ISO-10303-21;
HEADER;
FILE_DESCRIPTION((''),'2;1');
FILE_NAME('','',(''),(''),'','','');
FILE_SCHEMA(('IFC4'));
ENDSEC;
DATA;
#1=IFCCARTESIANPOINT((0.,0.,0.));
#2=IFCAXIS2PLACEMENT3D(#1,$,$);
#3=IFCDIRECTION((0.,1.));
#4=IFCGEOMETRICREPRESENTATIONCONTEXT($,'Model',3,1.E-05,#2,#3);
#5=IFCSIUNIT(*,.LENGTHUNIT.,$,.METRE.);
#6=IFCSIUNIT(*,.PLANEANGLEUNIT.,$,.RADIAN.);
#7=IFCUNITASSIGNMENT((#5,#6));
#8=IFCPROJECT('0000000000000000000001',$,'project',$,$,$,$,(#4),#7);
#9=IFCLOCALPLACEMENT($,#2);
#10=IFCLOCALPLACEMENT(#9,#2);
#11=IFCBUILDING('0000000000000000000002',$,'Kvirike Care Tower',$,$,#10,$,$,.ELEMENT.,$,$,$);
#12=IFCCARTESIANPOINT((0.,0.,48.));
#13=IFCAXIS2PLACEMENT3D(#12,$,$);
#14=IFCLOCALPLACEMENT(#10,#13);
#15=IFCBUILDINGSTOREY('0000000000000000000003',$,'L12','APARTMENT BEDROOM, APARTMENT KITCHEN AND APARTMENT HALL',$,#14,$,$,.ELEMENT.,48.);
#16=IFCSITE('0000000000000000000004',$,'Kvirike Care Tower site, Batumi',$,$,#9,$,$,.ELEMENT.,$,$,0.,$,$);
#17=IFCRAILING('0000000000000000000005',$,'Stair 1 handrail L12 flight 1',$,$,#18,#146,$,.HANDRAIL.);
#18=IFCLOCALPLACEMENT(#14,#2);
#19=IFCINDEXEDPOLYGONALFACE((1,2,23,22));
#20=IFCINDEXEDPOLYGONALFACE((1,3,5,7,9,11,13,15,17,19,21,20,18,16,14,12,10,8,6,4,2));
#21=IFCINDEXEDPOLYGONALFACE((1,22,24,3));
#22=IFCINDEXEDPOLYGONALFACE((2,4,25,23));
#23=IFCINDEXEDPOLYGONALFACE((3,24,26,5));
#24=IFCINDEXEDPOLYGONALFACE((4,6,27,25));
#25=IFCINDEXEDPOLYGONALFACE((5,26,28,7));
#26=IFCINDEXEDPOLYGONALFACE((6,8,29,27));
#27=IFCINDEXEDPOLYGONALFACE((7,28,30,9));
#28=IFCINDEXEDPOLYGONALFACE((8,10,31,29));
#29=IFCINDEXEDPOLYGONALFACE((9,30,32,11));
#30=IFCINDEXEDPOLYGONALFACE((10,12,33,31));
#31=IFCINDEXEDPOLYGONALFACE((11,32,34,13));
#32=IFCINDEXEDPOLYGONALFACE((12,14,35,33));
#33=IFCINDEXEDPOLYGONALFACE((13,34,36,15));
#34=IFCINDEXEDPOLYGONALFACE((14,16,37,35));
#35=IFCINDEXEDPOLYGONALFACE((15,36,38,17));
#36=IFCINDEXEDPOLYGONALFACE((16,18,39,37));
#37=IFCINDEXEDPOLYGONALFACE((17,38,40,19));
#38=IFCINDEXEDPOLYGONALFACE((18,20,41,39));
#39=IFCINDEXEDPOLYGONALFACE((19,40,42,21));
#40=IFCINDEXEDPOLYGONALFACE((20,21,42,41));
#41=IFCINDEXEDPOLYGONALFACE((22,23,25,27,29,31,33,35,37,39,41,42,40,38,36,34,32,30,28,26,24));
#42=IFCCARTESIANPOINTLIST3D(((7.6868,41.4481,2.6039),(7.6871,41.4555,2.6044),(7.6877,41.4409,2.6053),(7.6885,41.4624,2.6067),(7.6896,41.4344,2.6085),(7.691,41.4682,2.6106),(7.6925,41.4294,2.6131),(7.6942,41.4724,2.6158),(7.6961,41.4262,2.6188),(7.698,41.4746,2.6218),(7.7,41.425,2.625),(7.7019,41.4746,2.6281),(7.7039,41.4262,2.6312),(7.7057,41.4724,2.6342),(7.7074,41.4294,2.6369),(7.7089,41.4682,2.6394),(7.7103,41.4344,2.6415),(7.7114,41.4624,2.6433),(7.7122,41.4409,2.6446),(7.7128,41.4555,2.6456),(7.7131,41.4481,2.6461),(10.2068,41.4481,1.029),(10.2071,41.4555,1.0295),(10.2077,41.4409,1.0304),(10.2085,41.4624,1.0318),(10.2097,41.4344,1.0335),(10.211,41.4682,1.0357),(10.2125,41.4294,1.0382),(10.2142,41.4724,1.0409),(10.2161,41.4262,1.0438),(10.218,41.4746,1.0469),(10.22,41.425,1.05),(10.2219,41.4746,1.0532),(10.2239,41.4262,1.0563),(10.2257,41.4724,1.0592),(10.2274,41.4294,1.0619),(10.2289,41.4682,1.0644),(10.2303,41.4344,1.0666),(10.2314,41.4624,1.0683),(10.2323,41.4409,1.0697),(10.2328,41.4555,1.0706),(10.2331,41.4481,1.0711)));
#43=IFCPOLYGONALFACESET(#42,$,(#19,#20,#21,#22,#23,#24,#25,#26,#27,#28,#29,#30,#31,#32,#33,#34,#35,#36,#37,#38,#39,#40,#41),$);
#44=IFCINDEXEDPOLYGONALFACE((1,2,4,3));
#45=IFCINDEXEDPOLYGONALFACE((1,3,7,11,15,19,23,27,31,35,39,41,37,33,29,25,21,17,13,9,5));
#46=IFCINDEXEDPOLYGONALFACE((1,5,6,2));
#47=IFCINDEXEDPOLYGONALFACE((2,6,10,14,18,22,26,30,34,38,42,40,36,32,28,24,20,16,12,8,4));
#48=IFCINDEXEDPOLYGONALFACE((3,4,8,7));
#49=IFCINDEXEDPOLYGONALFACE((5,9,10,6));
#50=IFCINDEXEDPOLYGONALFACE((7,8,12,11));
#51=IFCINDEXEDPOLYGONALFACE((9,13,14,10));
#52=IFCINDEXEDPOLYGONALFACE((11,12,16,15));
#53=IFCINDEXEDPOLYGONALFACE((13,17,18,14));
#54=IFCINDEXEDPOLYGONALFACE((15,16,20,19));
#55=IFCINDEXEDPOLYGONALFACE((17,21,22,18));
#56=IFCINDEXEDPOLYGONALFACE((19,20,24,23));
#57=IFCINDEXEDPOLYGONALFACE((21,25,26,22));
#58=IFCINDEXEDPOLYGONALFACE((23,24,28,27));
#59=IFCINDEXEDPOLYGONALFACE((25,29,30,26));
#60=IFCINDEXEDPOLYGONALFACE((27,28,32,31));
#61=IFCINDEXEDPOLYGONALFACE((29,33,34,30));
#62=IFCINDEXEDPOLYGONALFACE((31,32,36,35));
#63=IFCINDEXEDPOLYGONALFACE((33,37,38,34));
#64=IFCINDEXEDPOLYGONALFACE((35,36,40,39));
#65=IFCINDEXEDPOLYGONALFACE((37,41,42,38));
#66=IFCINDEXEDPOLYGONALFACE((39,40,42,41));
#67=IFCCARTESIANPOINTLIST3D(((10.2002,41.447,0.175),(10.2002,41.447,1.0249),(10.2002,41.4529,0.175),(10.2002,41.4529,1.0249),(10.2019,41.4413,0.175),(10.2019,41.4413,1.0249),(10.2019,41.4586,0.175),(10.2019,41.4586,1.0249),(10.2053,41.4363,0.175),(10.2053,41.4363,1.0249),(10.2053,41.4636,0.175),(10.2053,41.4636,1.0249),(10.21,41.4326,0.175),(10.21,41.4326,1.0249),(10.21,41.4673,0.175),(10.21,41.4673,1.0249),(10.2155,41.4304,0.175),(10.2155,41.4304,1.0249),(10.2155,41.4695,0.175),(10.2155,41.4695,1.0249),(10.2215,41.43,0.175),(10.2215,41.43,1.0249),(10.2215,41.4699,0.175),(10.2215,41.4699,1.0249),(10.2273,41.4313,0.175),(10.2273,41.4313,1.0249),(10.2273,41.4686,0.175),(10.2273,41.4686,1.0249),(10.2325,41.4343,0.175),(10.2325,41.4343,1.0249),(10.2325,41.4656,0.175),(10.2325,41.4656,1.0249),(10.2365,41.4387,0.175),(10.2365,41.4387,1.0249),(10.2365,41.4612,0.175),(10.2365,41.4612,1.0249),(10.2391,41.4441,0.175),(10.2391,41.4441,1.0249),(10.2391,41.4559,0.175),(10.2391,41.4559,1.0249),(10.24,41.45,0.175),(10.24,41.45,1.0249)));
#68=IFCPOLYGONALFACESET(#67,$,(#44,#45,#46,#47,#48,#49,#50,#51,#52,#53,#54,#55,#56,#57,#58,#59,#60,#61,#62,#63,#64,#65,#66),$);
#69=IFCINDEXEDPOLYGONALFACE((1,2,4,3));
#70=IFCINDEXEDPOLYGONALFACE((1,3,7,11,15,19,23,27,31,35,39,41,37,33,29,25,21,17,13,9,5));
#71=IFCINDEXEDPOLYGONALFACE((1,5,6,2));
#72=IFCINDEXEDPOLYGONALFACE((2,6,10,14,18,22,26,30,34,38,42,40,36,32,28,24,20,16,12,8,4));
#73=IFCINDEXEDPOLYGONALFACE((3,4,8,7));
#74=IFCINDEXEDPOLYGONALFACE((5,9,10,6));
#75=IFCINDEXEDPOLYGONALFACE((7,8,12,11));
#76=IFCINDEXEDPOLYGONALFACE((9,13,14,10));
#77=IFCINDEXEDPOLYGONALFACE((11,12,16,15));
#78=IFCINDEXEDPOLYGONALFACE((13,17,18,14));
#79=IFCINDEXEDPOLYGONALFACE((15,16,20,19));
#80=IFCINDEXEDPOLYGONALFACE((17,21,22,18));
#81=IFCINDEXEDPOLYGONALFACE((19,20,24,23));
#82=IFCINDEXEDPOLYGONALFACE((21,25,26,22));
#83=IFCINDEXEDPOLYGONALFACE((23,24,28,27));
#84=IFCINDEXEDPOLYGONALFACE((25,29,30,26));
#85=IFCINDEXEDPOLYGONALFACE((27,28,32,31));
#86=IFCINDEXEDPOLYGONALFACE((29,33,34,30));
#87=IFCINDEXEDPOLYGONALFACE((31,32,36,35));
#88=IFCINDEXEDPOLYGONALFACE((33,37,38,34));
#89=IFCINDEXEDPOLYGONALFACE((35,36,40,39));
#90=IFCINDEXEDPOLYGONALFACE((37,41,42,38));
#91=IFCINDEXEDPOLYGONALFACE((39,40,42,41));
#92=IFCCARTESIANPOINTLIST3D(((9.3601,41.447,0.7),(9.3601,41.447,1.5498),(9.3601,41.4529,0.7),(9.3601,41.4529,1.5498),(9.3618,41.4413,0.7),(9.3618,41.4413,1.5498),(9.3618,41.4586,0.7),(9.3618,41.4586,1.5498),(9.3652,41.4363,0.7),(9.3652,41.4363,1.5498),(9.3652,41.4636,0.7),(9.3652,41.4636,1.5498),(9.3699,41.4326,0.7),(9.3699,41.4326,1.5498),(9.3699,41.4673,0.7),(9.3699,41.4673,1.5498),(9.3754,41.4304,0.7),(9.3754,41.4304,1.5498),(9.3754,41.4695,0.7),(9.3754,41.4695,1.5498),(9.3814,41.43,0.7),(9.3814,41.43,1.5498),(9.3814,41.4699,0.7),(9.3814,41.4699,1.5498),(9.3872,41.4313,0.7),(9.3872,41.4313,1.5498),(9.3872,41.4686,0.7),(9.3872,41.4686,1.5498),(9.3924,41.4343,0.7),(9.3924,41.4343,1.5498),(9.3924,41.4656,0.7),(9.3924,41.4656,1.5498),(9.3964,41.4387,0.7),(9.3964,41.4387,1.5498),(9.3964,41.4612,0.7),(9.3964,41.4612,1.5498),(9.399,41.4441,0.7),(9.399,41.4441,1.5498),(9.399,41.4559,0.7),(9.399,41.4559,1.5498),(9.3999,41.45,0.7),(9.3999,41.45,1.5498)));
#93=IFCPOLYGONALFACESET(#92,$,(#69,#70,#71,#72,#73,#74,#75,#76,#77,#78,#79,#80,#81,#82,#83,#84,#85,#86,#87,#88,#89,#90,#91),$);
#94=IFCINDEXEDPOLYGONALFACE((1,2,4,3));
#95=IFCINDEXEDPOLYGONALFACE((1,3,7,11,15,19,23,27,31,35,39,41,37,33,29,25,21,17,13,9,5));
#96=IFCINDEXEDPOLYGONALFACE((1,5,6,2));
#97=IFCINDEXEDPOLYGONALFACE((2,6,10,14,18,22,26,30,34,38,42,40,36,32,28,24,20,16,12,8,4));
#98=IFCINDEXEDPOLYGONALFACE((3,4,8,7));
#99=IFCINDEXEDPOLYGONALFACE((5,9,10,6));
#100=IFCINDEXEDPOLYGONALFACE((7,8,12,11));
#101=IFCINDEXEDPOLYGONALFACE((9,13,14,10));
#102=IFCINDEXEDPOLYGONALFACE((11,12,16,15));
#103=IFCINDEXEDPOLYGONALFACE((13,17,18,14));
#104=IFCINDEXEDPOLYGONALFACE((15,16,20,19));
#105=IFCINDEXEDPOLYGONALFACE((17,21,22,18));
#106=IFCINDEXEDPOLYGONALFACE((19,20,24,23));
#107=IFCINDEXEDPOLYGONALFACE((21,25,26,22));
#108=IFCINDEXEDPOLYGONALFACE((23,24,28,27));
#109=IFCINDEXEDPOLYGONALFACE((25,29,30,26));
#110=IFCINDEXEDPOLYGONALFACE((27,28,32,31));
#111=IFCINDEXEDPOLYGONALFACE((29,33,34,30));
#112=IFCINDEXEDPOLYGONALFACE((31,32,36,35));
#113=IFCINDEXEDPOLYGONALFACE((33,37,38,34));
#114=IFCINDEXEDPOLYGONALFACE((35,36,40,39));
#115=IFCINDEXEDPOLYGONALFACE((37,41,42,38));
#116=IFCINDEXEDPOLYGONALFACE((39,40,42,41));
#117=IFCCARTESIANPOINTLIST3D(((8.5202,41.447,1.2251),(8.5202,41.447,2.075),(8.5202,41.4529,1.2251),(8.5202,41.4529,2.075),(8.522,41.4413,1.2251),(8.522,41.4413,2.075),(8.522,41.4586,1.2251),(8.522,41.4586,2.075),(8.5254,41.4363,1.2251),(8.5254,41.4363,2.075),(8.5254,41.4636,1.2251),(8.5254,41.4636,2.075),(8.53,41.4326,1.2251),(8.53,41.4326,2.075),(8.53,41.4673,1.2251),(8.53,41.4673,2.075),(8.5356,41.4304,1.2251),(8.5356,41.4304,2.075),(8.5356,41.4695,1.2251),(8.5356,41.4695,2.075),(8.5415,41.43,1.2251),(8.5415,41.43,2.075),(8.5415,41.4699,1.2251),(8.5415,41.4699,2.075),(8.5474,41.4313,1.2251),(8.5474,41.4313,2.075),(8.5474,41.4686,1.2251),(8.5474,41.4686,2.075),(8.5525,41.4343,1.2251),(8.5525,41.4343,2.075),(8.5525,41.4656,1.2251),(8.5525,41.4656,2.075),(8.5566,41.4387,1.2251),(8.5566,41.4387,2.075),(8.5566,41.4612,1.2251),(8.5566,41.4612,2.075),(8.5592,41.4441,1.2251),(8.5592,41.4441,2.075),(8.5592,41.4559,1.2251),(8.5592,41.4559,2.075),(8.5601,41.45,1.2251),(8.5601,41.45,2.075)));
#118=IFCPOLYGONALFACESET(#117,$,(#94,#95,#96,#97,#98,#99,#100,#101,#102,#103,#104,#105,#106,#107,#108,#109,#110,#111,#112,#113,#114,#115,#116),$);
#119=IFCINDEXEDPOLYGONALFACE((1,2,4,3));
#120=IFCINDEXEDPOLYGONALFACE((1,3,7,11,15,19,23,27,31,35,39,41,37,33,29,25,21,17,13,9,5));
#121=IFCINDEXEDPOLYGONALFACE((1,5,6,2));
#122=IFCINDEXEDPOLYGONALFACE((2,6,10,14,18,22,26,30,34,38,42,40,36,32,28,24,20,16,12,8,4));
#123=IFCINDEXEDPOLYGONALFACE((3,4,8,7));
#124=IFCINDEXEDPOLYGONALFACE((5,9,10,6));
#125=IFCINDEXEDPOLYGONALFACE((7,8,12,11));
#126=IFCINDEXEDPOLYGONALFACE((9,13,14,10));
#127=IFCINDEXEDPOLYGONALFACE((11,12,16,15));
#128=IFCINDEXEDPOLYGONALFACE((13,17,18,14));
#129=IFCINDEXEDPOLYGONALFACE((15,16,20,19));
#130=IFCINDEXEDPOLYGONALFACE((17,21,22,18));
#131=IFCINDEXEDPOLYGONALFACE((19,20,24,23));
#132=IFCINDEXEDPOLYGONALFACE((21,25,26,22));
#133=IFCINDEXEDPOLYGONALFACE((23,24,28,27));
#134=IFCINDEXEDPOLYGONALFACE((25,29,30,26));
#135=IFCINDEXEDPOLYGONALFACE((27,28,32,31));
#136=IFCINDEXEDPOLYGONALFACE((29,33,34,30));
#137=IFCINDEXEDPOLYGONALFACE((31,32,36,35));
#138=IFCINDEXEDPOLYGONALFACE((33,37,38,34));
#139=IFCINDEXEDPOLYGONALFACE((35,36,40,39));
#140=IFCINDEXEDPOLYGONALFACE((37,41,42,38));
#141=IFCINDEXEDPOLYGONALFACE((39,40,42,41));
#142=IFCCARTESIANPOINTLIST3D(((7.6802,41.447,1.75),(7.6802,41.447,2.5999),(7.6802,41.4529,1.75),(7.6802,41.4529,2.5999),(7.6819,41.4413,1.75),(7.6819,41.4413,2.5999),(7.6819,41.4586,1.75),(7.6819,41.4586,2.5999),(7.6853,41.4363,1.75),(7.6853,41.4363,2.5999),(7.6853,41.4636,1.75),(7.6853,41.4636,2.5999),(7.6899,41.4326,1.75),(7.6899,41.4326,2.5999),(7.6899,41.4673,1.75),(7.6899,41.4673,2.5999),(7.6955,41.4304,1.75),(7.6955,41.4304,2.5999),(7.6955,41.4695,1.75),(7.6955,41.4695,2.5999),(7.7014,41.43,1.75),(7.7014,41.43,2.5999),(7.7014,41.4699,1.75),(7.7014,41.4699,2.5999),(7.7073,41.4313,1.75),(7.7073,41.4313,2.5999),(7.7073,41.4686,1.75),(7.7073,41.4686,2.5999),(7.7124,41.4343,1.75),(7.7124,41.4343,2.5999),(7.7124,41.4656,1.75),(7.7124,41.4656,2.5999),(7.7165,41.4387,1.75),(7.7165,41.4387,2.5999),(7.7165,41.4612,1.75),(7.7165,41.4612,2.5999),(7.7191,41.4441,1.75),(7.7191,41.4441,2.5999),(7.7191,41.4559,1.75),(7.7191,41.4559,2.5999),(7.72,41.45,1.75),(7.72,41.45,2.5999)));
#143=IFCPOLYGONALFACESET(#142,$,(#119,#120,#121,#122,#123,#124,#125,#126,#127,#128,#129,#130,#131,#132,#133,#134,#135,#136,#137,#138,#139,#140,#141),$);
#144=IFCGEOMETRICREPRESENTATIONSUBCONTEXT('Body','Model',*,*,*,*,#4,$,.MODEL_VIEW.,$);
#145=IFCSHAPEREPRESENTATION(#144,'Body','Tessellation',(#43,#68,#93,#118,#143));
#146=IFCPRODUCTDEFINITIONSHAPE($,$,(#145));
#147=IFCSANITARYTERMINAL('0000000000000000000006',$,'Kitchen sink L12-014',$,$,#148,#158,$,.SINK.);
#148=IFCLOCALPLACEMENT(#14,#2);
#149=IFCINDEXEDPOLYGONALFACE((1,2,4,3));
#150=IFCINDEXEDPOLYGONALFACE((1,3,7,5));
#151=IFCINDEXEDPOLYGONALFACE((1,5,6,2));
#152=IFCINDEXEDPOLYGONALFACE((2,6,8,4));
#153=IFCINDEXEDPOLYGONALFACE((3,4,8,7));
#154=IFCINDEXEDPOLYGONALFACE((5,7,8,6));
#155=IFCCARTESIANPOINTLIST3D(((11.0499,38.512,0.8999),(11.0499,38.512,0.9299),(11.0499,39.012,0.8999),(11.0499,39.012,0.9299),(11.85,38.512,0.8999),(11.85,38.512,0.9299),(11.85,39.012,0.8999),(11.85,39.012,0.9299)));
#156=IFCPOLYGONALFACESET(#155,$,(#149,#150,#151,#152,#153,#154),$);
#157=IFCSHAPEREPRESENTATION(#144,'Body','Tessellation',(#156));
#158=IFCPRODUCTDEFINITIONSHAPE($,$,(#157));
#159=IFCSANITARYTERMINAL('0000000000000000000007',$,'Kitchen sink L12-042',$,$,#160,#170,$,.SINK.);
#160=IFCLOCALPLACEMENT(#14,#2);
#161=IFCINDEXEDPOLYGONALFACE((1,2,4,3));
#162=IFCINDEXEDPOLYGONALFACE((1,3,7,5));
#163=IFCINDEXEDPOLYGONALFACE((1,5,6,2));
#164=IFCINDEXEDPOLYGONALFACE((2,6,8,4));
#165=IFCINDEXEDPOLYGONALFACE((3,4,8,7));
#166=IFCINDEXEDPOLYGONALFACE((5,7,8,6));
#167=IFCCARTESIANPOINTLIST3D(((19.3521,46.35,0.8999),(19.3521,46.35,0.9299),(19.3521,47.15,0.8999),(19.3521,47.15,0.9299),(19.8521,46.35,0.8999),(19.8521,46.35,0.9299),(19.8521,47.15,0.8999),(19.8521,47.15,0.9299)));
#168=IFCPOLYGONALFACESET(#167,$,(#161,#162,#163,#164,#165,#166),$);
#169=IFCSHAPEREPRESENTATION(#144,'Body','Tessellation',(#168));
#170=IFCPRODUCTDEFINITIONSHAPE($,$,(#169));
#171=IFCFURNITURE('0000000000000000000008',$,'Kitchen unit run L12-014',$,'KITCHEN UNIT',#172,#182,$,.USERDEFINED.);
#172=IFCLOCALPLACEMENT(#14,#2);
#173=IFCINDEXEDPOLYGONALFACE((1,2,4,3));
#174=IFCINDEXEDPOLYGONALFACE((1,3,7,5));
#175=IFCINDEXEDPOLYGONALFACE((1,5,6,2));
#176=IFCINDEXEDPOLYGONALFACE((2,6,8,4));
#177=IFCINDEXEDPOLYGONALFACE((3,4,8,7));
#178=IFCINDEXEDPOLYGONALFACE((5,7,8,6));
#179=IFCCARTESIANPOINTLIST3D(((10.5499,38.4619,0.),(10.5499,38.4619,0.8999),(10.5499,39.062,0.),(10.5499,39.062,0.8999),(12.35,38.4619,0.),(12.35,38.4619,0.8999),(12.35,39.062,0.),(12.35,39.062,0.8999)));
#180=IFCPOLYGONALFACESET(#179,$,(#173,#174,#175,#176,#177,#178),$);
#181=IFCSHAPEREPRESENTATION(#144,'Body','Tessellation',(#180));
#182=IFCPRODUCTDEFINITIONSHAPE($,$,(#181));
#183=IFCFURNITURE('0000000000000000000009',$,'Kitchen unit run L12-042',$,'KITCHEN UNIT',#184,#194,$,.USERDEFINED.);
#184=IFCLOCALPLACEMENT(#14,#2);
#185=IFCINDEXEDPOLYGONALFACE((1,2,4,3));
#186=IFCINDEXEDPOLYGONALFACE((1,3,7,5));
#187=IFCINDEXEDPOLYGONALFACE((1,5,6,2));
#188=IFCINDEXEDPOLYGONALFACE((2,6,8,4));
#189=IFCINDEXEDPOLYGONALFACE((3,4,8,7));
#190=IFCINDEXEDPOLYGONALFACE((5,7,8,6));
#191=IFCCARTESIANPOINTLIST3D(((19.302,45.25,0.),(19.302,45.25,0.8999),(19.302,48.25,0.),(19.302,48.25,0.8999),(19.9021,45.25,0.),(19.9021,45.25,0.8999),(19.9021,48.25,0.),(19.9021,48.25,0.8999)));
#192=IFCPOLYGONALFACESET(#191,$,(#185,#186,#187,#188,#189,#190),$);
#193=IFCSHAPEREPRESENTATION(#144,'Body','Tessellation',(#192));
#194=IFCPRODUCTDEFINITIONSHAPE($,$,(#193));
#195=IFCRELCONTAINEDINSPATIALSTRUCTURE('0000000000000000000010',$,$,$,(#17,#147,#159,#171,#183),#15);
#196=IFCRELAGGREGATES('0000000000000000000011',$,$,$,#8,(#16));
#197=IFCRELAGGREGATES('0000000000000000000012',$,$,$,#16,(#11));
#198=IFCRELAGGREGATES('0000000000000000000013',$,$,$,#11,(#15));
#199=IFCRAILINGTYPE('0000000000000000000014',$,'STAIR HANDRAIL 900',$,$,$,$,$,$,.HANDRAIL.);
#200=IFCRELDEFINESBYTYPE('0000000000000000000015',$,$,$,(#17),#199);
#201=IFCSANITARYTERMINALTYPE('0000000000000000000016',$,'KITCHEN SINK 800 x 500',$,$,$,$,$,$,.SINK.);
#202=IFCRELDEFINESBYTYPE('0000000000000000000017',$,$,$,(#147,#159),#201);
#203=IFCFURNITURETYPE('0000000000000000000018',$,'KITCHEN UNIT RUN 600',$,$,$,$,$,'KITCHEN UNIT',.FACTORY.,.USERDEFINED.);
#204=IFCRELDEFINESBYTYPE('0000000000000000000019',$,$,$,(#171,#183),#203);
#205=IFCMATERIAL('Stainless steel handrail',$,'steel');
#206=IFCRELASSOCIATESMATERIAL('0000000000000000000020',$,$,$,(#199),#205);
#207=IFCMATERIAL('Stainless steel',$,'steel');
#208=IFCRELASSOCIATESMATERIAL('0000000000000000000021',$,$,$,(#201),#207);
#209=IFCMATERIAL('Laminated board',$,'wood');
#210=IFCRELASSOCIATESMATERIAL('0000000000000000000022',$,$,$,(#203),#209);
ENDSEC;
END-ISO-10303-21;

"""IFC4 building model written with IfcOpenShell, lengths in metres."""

from ifc_helpers import new_model, si_unit, direction, frame, origin, origin_2d, place, context, subcontext, project, spatial, rectangle, circle, extrude, material, type_object, element, save


model = new_model("IFC4")

# Units and contexts
model_context = context("Model", 3, precision=1e-05, world=origin(), true_north=direction((0.0, 1.0)))
body_context = subcontext(model_context, "Body", "Model", "MODEL_VIEW")
ifc_project = project(units=[si_unit("LENGTHUNIT", "METRE"), si_unit("PLANEANGLEUNIT", "RADIAN")], contexts=[model_context])

# Site, building, storey
site_placement = place(None, origin())
site = spatial("IfcSite", under=ifc_project, at=site_placement, Name="Kvirike Care Tower site, Batumi", CompositionType="ELEMENT", RefElevation=0.0)
building_placement = place(site_placement, origin())
building = spatial("IfcBuilding", under=site, at=building_placement, Name="Kvirike Care Tower", CompositionType="ELEMENT")
storey_placement = place(building_placement, frame((0.0, 0.0, 48.0)))
storey = spatial("IfcBuildingStorey", under=building, at=storey_placement, Name="L12", Description="APARTMENT BEDROOM, APARTMENT KITCHEN AND APARTMENT HALL", CompositionType="ELEMENT", Elevation=48.0)

# Railing
ifc_material_1 = material(Name="Stainless steel handrail", Category="steel")
railing_type = type_object("IfcRailingType", Name="STAIR HANDRAIL 900", PredefinedType="HANDRAIL", material=ifc_material_1)
railing_placement = place(storey_placement, frame((10.22, 41.45, 0.175)))
element("IfcRailing", 1, at=railing_placement, inside=storey, type_object=railing_type, Name="Stair 1 handrail L12 flight 1", PredefinedType="HANDRAIL", context=body_context, shape_type="SweptSolid", body=[
    extrude(circle(Radius=0.0249, at=origin_2d()), frame((0.0, 0.0, 0.875), z_axis=(-0.848008, 0.0, 0.529984), x_axis=(0.0, -1.0, 0.0)), (0.0, 0.0, 1.0), 2.9717),
    extrude(circle(Radius=0.02, at=origin_2d()), origin(), (0.0, 0.0, 1.0), 0.8499),
    extrude(circle(Radius=0.02, at=origin_2d()), frame((-0.8401, 0.0, 0.5249)), (0.0, 0.0, 1.0), 0.8499),
    extrude(circle(Radius=0.02, at=origin_2d()), frame((-1.6799, 0.0, 1.05)), (0.0, 0.0, 1.0), 0.8499),
    extrude(circle(Radius=0.02, at=origin_2d()), frame((-2.52, 0.0, 1.575)), (0.0, 0.0, 1.0), 0.8499),
])

# Sanitary terminals
ifc_material_2 = material(Name="Stainless steel", Category="steel")
sanitary_terminal_type = type_object("IfcSanitaryTerminalType", Name="KITCHEN SINK 800 x 500", PredefinedType="SINK", material=ifc_material_2)
for number, where, z_axis, x_axis, name in (
    (2, (11.45, 38.762, 0.8999), (0.0, 0.0, 1.0), (-1.0, 0.0, 0.0), "Kitchen sink L12-014"),
    (3, (19.6021, 46.75, 0.8999), (0.0, 0.0, 1.0), (0.0, 1.0, 0.0), "Kitchen sink L12-042"),
):
    element("IfcSanitaryTerminal", number, at=place(storey_placement, frame(where, z_axis=z_axis, x_axis=x_axis)), inside=storey, type_object=sanitary_terminal_type, Name=name, PredefinedType="SINK", context=body_context, shape_type="SweptSolid", body=[
        extrude(rectangle(XDim=0.8, YDim=0.5, at=origin_2d()), origin(), (0.0, 0.0, 1.0), 0.03),
    ])

# Furniture
ifc_material_3 = material(Name="Laminated board", Category="wood")
furniture_type = type_object("IfcFurnitureType", Name="KITCHEN UNIT RUN 600", ElementType="KITCHEN UNIT", AssemblyPlace="FACTORY", PredefinedType="USERDEFINED", material=ifc_material_3)
furniture_1_placement = place(storey_placement, frame((11.45, 38.762, 0.0), z_axis=(0.0, 0.0, 1.0), x_axis=(-1.0, 0.0, 0.0)))
element("IfcFurniture", 4, at=furniture_1_placement, inside=storey, type_object=furniture_type, Name="Kitchen unit run L12-014", ObjectType="KITCHEN UNIT", PredefinedType="USERDEFINED", context=body_context, shape_type="SweptSolid", body=[
    extrude(rectangle(XDim=1.8, YDim=0.6001, at=origin_2d()), origin(), (0.0, 0.0, 1.0), 0.8999),
])
furniture_2_placement = place(storey_placement, frame((19.6021, 46.75, 0.0), z_axis=(0.0, 0.0, 1.0), x_axis=(0.0, 1.0, 0.0)))
element("IfcFurniture", 5, at=furniture_2_placement, inside=storey, type_object=furniture_type, Name="Kitchen unit run L12-042", ObjectType="KITCHEN UNIT", PredefinedType="USERDEFINED", context=body_context, shape_type="SweptSolid", body=[
    extrude(rectangle(XDim=3.0, YDim=0.6001, at=origin_2d()), origin(), (0.0, 0.0, 1.0), 0.8999),
])

save(model, "model.ifc")
